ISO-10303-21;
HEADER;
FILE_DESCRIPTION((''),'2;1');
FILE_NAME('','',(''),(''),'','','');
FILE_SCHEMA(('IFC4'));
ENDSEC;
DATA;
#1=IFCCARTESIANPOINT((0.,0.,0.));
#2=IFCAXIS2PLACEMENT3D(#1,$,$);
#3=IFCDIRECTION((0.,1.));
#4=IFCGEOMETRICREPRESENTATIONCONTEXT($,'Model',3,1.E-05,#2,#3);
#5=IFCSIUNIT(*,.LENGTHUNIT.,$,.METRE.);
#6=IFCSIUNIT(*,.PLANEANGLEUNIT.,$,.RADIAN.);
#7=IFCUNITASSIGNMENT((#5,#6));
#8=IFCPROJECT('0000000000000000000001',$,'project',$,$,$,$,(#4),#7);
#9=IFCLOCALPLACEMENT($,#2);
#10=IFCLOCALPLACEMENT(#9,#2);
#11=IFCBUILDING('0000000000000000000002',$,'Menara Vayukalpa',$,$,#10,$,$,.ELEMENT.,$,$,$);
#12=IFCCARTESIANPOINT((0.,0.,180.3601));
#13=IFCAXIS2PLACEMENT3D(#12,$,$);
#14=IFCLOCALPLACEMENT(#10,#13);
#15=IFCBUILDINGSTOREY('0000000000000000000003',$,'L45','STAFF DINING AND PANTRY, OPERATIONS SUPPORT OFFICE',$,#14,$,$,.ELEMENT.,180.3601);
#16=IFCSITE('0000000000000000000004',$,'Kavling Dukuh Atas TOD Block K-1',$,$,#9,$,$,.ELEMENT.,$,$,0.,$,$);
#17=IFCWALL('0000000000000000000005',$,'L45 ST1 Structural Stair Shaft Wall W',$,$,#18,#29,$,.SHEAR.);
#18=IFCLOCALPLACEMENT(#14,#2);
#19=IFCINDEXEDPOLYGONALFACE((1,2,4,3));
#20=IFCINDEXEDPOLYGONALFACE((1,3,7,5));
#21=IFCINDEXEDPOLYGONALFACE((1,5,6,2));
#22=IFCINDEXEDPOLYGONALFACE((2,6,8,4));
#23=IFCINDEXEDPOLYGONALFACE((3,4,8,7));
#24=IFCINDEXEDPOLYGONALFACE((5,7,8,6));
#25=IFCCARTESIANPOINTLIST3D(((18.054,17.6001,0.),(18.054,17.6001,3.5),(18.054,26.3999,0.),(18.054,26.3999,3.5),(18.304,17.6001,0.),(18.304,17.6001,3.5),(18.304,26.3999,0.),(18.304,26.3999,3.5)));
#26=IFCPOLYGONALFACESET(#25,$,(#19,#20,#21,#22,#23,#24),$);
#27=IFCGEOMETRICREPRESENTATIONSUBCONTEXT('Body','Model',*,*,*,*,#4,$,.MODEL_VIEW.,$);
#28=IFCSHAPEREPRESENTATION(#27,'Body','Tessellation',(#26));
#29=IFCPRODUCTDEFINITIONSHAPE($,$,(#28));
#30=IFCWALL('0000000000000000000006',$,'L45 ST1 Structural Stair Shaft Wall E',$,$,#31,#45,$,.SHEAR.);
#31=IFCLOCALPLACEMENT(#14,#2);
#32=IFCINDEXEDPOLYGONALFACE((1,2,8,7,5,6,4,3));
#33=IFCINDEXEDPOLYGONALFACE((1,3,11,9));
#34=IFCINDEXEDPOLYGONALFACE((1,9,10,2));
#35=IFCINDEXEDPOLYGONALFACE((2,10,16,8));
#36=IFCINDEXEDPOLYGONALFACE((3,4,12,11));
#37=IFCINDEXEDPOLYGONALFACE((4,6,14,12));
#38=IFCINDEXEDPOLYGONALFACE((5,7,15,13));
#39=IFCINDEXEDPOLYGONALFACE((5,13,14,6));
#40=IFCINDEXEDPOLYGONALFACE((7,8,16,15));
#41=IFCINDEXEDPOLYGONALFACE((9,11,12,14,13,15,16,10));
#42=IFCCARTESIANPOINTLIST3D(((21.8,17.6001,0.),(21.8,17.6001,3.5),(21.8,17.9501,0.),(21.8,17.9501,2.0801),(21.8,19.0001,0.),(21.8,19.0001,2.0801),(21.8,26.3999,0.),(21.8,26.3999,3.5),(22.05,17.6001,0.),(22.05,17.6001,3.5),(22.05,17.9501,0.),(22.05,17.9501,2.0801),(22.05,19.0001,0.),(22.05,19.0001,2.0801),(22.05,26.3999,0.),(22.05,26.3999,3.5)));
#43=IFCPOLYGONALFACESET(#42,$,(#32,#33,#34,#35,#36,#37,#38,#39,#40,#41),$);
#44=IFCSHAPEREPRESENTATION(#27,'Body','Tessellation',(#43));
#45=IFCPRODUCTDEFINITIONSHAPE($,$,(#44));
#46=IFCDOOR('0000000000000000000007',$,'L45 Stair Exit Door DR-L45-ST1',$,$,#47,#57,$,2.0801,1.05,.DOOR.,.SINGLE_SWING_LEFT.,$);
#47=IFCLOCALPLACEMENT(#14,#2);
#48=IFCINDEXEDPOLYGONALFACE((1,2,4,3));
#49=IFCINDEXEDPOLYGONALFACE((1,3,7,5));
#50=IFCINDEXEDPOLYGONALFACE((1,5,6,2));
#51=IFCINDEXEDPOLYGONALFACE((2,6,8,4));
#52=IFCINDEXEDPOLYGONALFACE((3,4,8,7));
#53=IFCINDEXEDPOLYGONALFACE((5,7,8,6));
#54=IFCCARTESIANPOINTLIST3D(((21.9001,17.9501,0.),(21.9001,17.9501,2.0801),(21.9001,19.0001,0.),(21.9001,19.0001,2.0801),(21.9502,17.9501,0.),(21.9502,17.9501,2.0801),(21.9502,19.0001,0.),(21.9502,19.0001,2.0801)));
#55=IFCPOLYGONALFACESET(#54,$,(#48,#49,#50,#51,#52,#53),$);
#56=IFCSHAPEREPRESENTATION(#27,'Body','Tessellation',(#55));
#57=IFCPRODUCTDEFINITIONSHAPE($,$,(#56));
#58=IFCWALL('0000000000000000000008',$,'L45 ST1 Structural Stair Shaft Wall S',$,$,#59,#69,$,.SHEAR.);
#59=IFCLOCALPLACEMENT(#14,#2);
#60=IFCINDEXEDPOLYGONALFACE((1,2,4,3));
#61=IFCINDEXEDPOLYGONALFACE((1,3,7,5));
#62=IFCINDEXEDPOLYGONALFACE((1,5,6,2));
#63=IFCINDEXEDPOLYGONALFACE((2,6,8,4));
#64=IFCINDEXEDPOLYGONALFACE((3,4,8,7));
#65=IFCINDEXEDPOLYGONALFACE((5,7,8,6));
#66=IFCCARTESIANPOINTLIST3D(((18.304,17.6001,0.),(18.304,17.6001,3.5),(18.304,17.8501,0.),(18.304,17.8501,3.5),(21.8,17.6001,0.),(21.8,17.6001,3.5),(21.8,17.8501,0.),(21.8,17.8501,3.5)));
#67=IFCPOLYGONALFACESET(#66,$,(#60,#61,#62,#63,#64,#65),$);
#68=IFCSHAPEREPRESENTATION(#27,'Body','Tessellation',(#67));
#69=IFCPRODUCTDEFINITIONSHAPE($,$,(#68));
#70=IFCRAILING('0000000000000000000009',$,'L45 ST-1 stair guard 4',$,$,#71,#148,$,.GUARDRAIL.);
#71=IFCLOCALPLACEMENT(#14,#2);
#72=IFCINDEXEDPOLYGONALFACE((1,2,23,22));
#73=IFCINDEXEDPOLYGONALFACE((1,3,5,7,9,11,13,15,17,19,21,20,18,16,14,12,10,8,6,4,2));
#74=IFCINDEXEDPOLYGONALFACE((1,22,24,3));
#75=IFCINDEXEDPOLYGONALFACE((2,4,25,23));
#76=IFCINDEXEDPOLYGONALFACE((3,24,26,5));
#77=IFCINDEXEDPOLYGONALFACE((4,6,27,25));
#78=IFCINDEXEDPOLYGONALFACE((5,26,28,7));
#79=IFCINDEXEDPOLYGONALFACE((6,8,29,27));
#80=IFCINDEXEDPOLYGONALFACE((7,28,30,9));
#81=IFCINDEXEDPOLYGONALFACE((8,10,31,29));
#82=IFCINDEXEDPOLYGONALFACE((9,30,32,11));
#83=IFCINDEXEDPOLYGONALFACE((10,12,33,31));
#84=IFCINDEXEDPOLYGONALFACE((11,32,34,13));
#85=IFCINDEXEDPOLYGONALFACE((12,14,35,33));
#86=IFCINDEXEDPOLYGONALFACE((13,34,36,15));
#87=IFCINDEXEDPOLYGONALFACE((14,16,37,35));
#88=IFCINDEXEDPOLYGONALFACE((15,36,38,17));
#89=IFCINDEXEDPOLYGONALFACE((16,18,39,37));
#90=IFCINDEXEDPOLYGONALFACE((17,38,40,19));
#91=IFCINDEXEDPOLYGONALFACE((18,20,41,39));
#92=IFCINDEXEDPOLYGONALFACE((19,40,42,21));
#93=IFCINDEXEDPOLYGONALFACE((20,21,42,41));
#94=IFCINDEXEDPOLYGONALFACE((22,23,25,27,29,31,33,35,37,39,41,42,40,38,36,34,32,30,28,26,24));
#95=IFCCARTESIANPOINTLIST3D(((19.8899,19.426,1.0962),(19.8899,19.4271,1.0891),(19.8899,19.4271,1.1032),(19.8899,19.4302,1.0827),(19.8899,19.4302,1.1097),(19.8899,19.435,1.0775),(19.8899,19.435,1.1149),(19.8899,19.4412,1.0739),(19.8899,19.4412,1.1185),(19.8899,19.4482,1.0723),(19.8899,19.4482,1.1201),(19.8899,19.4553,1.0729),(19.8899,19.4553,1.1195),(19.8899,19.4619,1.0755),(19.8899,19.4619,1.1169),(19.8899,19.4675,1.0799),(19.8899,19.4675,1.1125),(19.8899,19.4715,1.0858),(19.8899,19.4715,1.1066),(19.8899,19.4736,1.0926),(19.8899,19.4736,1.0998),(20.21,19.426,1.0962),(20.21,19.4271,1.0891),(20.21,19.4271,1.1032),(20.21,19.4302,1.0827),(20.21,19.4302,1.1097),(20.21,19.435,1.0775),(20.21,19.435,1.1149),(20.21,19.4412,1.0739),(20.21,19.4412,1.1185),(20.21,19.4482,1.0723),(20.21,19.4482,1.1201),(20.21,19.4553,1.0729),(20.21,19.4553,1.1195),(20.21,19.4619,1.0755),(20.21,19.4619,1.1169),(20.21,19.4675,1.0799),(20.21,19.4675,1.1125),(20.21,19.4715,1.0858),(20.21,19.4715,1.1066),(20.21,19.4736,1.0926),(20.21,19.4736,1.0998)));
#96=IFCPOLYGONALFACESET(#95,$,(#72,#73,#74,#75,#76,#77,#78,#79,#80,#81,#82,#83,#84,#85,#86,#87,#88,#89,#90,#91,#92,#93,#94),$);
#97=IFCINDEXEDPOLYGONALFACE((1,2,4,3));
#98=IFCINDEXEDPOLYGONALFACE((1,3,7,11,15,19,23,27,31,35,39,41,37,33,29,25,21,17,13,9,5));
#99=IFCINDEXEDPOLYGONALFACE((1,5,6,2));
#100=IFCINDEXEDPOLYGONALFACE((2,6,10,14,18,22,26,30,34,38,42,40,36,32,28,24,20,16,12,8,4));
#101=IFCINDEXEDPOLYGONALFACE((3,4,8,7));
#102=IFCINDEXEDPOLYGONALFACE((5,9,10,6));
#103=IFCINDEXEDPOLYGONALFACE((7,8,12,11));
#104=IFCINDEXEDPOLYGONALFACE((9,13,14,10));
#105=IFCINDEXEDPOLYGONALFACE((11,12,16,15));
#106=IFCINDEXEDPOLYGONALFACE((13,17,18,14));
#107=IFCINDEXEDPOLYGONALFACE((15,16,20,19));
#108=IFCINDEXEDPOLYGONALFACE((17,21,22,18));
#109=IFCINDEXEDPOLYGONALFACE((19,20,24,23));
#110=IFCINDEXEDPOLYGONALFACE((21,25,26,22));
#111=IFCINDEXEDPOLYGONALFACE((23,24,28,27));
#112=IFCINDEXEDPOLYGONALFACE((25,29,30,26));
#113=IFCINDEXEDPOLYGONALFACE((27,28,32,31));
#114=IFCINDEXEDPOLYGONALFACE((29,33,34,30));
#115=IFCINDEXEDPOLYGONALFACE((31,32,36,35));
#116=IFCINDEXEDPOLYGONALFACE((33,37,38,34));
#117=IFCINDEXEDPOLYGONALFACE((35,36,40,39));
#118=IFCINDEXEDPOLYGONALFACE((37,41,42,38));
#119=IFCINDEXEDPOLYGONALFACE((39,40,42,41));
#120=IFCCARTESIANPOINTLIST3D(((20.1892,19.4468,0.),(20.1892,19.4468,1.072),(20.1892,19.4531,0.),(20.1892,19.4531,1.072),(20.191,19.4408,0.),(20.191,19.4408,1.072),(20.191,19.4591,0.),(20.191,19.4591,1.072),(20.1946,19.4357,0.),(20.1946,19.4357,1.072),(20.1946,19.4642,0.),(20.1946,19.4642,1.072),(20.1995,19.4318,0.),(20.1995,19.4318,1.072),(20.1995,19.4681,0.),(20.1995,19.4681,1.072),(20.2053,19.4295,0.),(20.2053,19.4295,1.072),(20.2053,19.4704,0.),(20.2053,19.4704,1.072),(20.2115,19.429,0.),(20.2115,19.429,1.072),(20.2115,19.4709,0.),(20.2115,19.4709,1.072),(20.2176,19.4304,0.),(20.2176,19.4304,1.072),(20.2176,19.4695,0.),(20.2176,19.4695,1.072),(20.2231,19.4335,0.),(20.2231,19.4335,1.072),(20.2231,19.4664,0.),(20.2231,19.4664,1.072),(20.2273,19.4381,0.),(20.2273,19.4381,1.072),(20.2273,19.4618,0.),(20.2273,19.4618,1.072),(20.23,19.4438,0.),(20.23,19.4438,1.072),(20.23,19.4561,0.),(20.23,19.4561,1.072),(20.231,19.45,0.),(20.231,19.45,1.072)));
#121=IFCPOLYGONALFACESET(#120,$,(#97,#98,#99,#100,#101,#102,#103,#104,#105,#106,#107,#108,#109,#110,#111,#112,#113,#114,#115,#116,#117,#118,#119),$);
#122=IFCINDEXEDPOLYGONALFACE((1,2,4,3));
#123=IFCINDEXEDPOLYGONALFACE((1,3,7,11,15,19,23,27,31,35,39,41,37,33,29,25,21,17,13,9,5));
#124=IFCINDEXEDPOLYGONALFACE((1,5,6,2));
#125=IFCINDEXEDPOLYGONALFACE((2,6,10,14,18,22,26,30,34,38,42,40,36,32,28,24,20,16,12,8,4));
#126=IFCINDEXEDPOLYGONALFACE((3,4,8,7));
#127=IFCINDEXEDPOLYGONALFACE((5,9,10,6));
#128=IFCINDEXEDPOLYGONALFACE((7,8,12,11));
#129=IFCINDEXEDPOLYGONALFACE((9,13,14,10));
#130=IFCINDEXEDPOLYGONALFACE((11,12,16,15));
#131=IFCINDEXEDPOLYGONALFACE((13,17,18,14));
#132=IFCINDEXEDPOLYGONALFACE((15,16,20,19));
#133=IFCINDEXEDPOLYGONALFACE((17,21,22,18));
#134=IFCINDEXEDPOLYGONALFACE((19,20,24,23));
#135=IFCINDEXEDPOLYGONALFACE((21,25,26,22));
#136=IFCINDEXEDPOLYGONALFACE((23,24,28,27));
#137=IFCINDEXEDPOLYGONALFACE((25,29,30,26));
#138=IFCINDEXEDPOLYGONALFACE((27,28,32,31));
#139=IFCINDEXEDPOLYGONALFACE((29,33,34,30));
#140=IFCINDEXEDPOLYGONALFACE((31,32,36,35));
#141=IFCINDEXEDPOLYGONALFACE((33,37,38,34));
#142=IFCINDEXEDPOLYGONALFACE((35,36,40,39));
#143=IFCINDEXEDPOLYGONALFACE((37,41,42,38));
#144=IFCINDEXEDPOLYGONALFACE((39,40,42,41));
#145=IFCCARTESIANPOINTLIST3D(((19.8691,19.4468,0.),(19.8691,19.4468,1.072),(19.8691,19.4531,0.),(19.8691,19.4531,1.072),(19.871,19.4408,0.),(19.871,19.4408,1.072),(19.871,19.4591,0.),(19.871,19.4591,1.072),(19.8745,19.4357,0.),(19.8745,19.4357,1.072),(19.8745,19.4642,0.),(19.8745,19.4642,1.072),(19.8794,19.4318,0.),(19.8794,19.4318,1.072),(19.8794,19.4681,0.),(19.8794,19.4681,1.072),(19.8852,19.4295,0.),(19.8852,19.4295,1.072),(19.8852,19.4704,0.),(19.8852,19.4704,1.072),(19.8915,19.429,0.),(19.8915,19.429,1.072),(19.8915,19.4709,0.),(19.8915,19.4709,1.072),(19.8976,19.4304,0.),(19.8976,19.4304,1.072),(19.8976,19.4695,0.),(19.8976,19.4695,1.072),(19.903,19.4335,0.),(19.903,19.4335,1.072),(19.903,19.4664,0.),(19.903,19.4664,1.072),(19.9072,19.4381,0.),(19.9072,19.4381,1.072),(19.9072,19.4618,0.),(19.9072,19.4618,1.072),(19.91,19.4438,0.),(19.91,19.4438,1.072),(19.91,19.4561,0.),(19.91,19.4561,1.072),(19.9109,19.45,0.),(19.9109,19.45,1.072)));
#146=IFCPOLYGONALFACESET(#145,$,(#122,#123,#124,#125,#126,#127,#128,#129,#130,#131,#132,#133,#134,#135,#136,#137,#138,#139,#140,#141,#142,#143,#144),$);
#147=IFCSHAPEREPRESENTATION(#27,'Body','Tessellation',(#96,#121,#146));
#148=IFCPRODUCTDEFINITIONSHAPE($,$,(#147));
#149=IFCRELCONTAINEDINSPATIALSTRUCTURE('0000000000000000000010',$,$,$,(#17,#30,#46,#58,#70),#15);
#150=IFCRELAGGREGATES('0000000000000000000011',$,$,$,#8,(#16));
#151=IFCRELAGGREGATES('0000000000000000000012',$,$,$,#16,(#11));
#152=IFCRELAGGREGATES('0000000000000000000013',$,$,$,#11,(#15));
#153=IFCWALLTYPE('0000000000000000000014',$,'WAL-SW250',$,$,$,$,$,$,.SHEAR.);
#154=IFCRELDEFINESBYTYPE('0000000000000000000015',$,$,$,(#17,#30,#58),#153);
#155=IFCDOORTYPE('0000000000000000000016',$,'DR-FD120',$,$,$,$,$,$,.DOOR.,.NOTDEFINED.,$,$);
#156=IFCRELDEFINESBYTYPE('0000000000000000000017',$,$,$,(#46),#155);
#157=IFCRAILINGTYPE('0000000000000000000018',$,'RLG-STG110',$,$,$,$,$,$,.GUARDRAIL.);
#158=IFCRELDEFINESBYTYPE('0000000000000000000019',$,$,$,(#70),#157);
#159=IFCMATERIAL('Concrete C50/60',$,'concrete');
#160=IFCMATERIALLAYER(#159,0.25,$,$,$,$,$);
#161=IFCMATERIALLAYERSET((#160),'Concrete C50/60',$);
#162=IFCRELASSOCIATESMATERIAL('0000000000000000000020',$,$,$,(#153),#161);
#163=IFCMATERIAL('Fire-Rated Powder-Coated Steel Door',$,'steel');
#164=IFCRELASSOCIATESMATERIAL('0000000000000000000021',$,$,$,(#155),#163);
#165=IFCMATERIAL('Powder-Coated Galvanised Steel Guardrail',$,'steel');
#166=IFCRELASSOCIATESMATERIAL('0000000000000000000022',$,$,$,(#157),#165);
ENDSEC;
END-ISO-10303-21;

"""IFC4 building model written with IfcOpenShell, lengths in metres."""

from ifc_helpers import new_model, si_unit, direction, frame, frame_2d, origin, origin_2d, place, context, subcontext, project, spatial, rectangle, circle, extrude, material, layer, layer_set, type_object, element, fill, save


model = new_model("IFC4")

# Units and contexts
model_context = context("Model", 3, precision=1e-05, world=origin(), true_north=direction((0.0, 1.0)))
body_context = subcontext(model_context, "Body", "Model", "MODEL_VIEW")
ifc_project = project(units=[si_unit("LENGTHUNIT", "METRE"), si_unit("PLANEANGLEUNIT", "RADIAN")], contexts=[model_context])

# Site, building, storey
site_placement = place(None, origin())
site = spatial("IfcSite", under=ifc_project, at=site_placement, Name="Kavling Dukuh Atas TOD Block K-1", CompositionType="ELEMENT", RefElevation=0.0)
building_placement = place(site_placement, origin())
building = spatial("IfcBuilding", under=site, at=building_placement, Name="Menara Vayukalpa", CompositionType="ELEMENT")
storey_placement = place(building_placement, frame((0.0, 0.0, 180.3601)))
storey = spatial("IfcBuildingStorey", under=building, at=storey_placement, Name="L45", Description="STAFF DINING AND PANTRY, OPERATIONS SUPPORT OFFICE", CompositionType="ELEMENT", Elevation=180.3601)

# Wall
ifc_material_1 = material(Name="Concrete C50/60", Category="concrete")
ifc_layer_1 = layer(ifc_material_1, 0.25)
ifc_layer_set_1 = layer_set([ifc_layer_1], Name="Concrete C50/60")
wall_type_1 = type_object("IfcWallType", Name="WAL-SW250", PredefinedType="SHEAR", material=ifc_layer_set_1)
wall_1_placement = place(storey_placement, frame((18.179, 17.6001, 0.0), z_axis=(0.0, 0.0, 1.0), x_axis=(0.0, 1.0, 0.0)))
element("IfcWall", 1, at=wall_1_placement, inside=storey, type_object=wall_type_1, Name="L45 ST1 Structural Stair Shaft Wall W", PredefinedType="SHEAR", context=body_context, shape_type="SweptSolid", body=[
    extrude(rectangle(XDim=8.7998, YDim=0.25, at=frame_2d((4.3999, 0.0))), origin(), (0.0, 0.0, 1.0), 3.5),
])

# Wall, opening, door
wall_2_placement = place(storey_placement, frame((21.925, 17.6001, 0.0), z_axis=(0.0, 0.0, 1.0), x_axis=(0.0, 1.0, 0.0)))
wall_2 = element("IfcWall", 2, at=wall_2_placement, inside=storey, type_object=wall_type_1, Name="L45 ST1 Structural Stair Shaft Wall E", PredefinedType="SHEAR", context=body_context, shape_type="SweptSolid", body=[
    extrude(rectangle(XDim=8.7998, YDim=0.25, at=frame_2d((4.3999, 0.0))), origin(), (0.0, 0.0, 1.0), 3.5),
])
opening_placement = place(wall_2_placement, frame((0.3501, 0.0, 0.0)))
opening = element("IfcOpeningElement", 3, at=opening_placement, cuts=wall_2, PredefinedType="OPENING", context=body_context, shape_type="SweptSolid", body=[
    extrude(rectangle(XDim=1.05, YDim=2.0801, at=frame_2d((0.5249, 1.04))), frame((0.0, 0.135, 0.0), z_axis=(0.0, -1.0, 0.0), x_axis=(1.0, 0.0, 0.0)), (0.0, 0.0, 1.0), 0.27),
])
ifc_material_2 = material(Name="Fire-Rated Powder-Coated Steel Door", Category="steel")
door_type = type_object("IfcDoorType", Name="DR-FD120", OperationType="NOTDEFINED", PredefinedType="DOOR", material=ifc_material_2)
door_placement = place(opening_placement, origin())
door = element("IfcDoor", 4, at=door_placement, inside=storey, type_object=door_type, Name="L45 Stair Exit Door DR-L45-ST1", OperationType="SINGLE_SWING_LEFT", OverallHeight=2.0801, OverallWidth=1.05, PredefinedType="DOOR", context=body_context, shape_type="SweptSolid", body=[
    extrude(rectangle(XDim=1.05, YDim=2.0801, at=frame_2d((0.5249, 1.04))), frame((0.0, 0.0249, 0.0), z_axis=(0.0, -1.0, 0.0), x_axis=(1.0, 0.0, 0.0)), (0.0, 0.0, 1.0), 0.05),
])
fill(opening, door)

# Wall
wall_3_placement = place(storey_placement, frame((18.304, 17.7251, 0.0), z_axis=(0.0, 0.0, 1.0), x_axis=(1.0, 0.0, 0.0)))
element("IfcWall", 5, at=wall_3_placement, inside=storey, type_object=wall_type_1, Name="L45 ST1 Structural Stair Shaft Wall S", PredefinedType="SHEAR", context=body_context, shape_type="SweptSolid", body=[
    extrude(rectangle(XDim=3.4961, YDim=0.25, at=frame_2d((1.748, 0.0))), origin(), (0.0, 0.0, 1.0), 3.5),
])

# Railing
ifc_material_3 = material(Name="Powder-Coated Galvanised Steel Guardrail", Category="steel")
railing_type = type_object("IfcRailingType", Name="RLG-STG110", PredefinedType="GUARDRAIL", material=ifc_material_3)
railing_placement = place(storey_placement, frame((20.21, 19.45, 0.0)))
element("IfcRailing", 6, at=railing_placement, inside=storey, type_object=railing_type, Name="L45 ST-1 stair guard 4", PredefinedType="GUARDRAIL", context=body_context, shape_type="SweptSolid", body=[
    extrude(circle(Radius=0.0239, at=origin_2d()), frame((0.0, 0.0, 1.0962), z_axis=(-1.0, 0.0, 0.0), x_axis=(0.0, -1.0, 0.0)), (0.0, 0.0, 1.0), 0.3201),
    extrude(circle(Radius=0.021, at=origin_2d()), origin(), (0.0, 0.0, 1.0), 1.072),
    extrude(circle(Radius=0.021, at=origin_2d()), frame((-0.3201, 0.0, 0.0)), (0.0, 0.0, 1.0), 1.072),
])

save(model, "model.ifc")
